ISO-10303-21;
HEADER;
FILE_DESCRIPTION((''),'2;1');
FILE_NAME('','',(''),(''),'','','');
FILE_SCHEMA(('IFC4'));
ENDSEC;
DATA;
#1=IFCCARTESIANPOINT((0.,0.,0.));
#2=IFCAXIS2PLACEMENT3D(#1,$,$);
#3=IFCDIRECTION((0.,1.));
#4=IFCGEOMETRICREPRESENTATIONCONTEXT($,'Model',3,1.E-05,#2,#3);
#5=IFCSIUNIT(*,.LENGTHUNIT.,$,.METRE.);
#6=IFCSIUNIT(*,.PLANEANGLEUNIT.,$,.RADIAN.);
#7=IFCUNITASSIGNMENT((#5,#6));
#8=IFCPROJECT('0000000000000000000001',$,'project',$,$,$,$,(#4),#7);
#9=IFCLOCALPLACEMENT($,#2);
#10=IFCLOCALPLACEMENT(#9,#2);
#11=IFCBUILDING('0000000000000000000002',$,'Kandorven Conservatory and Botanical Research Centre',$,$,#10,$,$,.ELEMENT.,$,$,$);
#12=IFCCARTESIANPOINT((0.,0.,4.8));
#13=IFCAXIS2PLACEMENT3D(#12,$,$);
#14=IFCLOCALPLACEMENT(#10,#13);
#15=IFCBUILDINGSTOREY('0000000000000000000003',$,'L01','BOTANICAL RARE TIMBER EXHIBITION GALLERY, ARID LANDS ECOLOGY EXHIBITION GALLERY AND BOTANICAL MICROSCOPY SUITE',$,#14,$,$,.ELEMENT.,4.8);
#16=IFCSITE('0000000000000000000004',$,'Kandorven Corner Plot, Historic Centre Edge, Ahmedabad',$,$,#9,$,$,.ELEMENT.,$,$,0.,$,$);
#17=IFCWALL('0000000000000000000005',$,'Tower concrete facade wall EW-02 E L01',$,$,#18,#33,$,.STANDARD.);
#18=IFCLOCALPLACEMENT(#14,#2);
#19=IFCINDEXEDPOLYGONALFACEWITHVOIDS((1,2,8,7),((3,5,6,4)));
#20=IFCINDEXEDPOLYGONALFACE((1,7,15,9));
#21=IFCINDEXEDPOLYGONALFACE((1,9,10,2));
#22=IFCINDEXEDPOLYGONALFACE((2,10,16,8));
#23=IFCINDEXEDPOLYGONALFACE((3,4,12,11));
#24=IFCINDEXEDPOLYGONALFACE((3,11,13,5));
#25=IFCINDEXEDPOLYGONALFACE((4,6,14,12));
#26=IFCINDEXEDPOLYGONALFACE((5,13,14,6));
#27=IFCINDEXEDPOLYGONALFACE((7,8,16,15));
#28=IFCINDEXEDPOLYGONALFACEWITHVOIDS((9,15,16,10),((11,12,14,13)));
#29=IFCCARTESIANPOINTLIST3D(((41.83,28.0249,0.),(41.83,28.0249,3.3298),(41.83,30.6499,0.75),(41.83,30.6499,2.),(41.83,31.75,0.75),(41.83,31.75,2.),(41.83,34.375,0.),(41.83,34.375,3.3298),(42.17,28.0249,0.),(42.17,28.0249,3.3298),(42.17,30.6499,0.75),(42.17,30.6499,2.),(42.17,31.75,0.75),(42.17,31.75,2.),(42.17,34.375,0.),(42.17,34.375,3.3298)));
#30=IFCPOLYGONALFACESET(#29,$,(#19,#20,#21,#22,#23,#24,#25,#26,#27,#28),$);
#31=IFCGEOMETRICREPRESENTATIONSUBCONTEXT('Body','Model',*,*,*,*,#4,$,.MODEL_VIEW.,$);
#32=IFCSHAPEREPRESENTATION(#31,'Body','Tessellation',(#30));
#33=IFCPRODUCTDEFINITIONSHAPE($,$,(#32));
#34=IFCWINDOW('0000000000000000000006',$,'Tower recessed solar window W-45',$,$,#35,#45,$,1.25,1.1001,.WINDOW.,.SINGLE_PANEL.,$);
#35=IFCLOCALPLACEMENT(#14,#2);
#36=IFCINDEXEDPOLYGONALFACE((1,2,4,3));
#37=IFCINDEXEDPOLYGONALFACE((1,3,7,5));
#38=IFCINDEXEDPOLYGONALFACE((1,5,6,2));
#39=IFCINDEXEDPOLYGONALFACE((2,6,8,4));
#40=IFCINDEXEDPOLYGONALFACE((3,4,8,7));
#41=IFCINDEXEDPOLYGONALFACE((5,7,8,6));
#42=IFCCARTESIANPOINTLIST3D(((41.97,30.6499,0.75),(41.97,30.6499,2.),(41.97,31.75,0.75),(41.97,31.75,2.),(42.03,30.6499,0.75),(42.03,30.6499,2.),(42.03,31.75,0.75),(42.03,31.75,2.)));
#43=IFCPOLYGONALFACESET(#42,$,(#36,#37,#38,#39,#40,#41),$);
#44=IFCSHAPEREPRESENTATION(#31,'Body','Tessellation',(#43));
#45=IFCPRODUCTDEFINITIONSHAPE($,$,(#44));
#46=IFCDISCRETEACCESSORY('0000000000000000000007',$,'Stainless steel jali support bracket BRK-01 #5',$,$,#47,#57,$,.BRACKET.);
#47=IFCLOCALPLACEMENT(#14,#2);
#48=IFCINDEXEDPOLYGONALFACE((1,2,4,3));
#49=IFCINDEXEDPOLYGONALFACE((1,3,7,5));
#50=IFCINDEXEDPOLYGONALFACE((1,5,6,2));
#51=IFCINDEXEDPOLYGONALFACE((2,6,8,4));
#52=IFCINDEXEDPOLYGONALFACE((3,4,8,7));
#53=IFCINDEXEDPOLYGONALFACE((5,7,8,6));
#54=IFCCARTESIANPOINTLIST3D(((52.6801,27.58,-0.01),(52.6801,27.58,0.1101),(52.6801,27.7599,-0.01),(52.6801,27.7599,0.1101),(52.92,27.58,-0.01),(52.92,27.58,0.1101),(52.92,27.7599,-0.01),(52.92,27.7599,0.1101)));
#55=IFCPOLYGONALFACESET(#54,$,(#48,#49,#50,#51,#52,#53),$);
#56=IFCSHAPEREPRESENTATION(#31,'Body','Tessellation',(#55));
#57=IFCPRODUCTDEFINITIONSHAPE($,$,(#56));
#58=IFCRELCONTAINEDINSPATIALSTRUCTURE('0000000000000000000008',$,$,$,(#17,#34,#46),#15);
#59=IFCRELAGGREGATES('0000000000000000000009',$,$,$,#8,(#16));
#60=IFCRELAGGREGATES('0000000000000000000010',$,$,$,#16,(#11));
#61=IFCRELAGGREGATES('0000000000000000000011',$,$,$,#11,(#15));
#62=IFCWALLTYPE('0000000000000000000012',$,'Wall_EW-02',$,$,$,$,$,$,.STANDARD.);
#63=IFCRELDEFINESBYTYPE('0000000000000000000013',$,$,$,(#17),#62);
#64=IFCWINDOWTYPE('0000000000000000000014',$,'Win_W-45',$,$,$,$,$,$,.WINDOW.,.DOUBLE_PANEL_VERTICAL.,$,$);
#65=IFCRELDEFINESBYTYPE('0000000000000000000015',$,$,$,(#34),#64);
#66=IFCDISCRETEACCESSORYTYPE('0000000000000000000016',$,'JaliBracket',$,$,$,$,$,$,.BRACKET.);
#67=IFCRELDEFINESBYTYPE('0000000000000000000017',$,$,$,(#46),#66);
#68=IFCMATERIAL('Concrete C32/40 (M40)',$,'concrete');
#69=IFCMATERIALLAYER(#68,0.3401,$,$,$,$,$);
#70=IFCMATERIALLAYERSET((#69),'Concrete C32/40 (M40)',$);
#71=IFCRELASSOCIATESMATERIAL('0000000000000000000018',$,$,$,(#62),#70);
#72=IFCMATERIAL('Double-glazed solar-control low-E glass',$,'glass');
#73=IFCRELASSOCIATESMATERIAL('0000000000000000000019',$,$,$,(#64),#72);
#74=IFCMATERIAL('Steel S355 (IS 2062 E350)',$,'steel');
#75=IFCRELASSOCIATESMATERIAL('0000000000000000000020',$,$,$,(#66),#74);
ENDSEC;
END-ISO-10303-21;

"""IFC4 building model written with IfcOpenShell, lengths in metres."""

from ifc_helpers import new_model, si_unit, direction, frame, frame_2d, origin, origin_2d, place, context, subcontext, project, spatial, rectangle, extrude, material, layer, layer_set, type_object, element, fill, save


model = new_model("IFC4")

# Units and contexts
model_context = context("Model", 3, precision=1e-05, world=origin(), true_north=direction((0.0, 1.0)))
body_context = subcontext(model_context, "Body", "Model", "MODEL_VIEW")
ifc_project = project(units=[si_unit("LENGTHUNIT", "METRE"), si_unit("PLANEANGLEUNIT", "RADIAN")], contexts=[model_context])

# Site, building, storey
site_placement = place(None, origin())
site = spatial("IfcSite", under=ifc_project, at=site_placement, Name="Kandorven Corner Plot, Historic Centre Edge, Ahmedabad", CompositionType="ELEMENT", RefElevation=0.0)
building_placement = place(site_placement, origin())
building = spatial("IfcBuilding", under=site, at=building_placement, Name="Kandorven Conservatory and Botanical Research Centre", CompositionType="ELEMENT")
storey_placement = place(building_placement, frame((0.0, 0.0, 4.8)))
storey = spatial("IfcBuildingStorey", under=building, at=storey_placement, Name="L01", Description="BOTANICAL RARE TIMBER EXHIBITION GALLERY, ARID LANDS ECOLOGY EXHIBITION GALLERY AND BOTANICAL MICROSCOPY SUITE", CompositionType="ELEMENT", Elevation=4.8)

# Wall, opening, window
ifc_material_1 = material(Name="Concrete C32/40 (M40)", Category="concrete")
ifc_layer_1 = layer(ifc_material_1, 0.3401)
ifc_layer_set_1 = layer_set([ifc_layer_1], Name="Concrete C32/40 (M40)")
wall_type = type_object("IfcWallType", Name="Wall_EW-02", PredefinedType="STANDARD", material=ifc_layer_set_1)
wall_placement = place(storey_placement, frame((42.0, 28.0249, 0.0), z_axis=(0.0, 0.0, 1.0), x_axis=(0.0, 1.0, 0.0)))
wall = element("IfcWall", 1, at=wall_placement, inside=storey, type_object=wall_type, Name="Tower concrete facade wall EW-02 E L01", PredefinedType="STANDARD", context=body_context, shape_type="SweptSolid", body=[
    extrude(rectangle(XDim=6.3501, YDim=0.3401, at=frame_2d((3.175, 0.0))), origin(), (0.0, 0.0, 1.0), 3.3298),
])
opening_placement = place(wall_placement, frame((2.625, 0.0, 0.75)))
opening = element("IfcOpeningElement", 2, at=opening_placement, cuts=wall, PredefinedType="OPENING", context=body_context, shape_type="SweptSolid", body=[
    extrude(rectangle(XDim=1.1001, YDim=1.25, at=frame_2d((0.55, 0.625))), frame((0.0, 0.1799, 0.0), z_axis=(0.0, -1.0, 0.0), x_axis=(1.0, 0.0, 0.0)), (0.0, 0.0, 1.0), 0.3601),
])
ifc_material_2 = material(Name="Double-glazed solar-control low-E glass", Category="glass")
window_type = type_object("IfcWindowType", Name="Win_W-45", PartitioningType="DOUBLE_PANEL_VERTICAL", PredefinedType="WINDOW", material=ifc_material_2)
window_placement = place(opening_placement, origin())
window = element("IfcWindow", 3, at=window_placement, inside=storey, type_object=window_type, Name="Tower recessed solar window W-45", OverallHeight=1.25, OverallWidth=1.1001, PartitioningType="SINGLE_PANEL", PredefinedType="WINDOW", context=body_context, shape_type="SweptSolid", body=[
    extrude(rectangle(XDim=1.1001, YDim=1.25, at=frame_2d((0.55, 0.625))), frame((0.0, 0.03, 0.0), z_axis=(0.0, -1.0, 0.0), x_axis=(1.0, 0.0, 0.0)), (0.0, 0.0, 1.0), 0.0601),
])
fill(opening, window)

# Discrete accessory
ifc_material_3 = material(Name="Steel S355 (IS 2062 E350)", Category="steel")
discrete_accessory_type = type_object("IfcDiscreteAccessoryType", Name="JaliBracket", PredefinedType="BRACKET", material=ifc_material_3)
discrete_accessory_placement = place(storey_placement, frame((52.8, 27.6699, -0.01), z_axis=(0.0, 0.0, 1.0), x_axis=(1.0, 0.0, 0.0)))
element("IfcDiscreteAccessory", 4, at=discrete_accessory_placement, inside=storey, type_object=discrete_accessory_type, Name="Stainless steel jali support bracket BRK-01 #5", PredefinedType="BRACKET", context=body_context, shape_type="SweptSolid", body=[
    extrude(rectangle(XDim=0.24, YDim=0.1799, at=origin_2d()), origin(), (0.0, 0.0, 1.0), 0.1201),
])

save(model, "model.ifc")
